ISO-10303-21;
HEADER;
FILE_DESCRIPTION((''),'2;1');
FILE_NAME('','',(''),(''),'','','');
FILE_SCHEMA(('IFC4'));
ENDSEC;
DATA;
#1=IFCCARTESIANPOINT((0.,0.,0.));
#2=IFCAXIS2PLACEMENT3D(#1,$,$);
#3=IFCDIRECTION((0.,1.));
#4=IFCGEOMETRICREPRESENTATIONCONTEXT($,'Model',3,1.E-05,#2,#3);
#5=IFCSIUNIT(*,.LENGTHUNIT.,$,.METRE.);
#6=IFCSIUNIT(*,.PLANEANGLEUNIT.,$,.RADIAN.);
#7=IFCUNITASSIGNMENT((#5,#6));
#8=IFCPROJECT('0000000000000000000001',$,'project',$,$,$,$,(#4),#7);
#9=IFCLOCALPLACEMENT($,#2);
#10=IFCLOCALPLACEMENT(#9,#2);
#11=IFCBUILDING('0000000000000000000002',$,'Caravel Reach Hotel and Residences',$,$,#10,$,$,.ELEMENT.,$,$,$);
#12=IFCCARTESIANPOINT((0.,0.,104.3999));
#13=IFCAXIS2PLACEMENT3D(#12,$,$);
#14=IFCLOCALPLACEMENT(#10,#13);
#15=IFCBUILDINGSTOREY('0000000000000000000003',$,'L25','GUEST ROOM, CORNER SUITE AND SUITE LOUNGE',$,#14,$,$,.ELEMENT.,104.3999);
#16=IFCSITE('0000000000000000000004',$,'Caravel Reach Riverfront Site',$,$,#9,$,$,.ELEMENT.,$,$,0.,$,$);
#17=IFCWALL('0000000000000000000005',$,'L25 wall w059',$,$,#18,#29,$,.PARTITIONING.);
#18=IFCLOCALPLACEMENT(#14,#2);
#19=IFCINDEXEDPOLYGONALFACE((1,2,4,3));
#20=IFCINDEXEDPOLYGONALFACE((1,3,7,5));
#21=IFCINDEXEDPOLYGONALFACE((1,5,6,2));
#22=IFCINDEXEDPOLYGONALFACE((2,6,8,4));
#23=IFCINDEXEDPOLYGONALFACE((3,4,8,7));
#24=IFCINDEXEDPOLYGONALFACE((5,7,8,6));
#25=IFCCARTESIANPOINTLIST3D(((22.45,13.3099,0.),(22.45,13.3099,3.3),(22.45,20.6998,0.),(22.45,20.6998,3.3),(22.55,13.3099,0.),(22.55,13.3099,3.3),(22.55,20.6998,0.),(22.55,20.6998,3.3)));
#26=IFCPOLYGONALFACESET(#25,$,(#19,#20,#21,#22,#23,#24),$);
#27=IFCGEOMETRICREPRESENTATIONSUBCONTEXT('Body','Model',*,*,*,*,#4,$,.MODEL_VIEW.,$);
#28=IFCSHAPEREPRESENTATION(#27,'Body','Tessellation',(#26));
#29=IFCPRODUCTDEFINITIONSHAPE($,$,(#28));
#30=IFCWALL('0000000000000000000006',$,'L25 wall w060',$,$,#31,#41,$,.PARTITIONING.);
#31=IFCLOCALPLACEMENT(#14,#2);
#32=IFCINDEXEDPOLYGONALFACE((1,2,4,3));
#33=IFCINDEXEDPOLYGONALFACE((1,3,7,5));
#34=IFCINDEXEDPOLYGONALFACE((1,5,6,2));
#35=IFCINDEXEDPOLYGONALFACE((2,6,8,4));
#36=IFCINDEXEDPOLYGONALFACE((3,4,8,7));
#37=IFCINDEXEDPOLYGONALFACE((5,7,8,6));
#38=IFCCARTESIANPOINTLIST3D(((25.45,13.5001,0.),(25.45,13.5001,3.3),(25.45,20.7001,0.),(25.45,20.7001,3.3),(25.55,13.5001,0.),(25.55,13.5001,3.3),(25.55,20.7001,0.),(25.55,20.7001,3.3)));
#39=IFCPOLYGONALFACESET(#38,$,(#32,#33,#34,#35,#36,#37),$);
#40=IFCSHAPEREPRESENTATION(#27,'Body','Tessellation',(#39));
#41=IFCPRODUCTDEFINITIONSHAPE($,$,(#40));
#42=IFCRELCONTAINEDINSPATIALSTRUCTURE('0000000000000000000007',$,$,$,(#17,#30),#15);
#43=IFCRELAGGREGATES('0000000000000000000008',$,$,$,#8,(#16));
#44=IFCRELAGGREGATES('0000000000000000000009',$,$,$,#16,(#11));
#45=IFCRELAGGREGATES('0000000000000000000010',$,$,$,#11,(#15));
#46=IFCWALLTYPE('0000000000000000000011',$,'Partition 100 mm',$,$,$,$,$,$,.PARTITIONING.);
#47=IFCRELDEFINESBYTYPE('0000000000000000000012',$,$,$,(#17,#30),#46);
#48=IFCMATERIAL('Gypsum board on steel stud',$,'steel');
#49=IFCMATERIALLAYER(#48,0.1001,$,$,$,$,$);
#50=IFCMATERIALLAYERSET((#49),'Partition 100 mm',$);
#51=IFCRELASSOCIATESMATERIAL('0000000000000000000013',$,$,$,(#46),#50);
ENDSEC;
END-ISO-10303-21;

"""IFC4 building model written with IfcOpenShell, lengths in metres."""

from ifc_helpers import new_model, si_unit, direction, frame, frame_2d, origin, place, context, subcontext, project, spatial, rectangle, extrude, material, layer, layer_set, type_object, element, save


model = new_model("IFC4")

# Units and contexts
model_context = context("Model", 3, precision=1e-05, world=origin(), true_north=direction((0.0, 1.0)))
body_context = subcontext(model_context, "Body", "Model", "MODEL_VIEW")
ifc_project = project(units=[si_unit("LENGTHUNIT", "METRE"), si_unit("PLANEANGLEUNIT", "RADIAN")], contexts=[model_context])

# Site, building, storey
site_placement = place(None, origin())
site = spatial("IfcSite", under=ifc_project, at=site_placement, Name="Caravel Reach Riverfront Site", CompositionType="ELEMENT", RefElevation=0.0)
building_placement = place(site_placement, origin())
building = spatial("IfcBuilding", under=site, at=building_placement, Name="Caravel Reach Hotel and Residences", CompositionType="ELEMENT")
storey_placement = place(building_placement, frame((0.0, 0.0, 104.3999)))
storey = spatial("IfcBuildingStorey", under=building, at=storey_placement, Name="L25", Description="GUEST ROOM, CORNER SUITE AND SUITE LOUNGE", CompositionType="ELEMENT", Elevation=104.3999)

# Walls
ifc_material_1 = material(Name="Gypsum board on steel stud", Category="steel")
ifc_layer_1 = layer(ifc_material_1, 0.1001)
ifc_layer_set_1 = layer_set([ifc_layer_1], Name="Partition 100 mm")
wall_type_1 = type_object("IfcWallType", Name="Partition 100 mm", PredefinedType="PARTITIONING", material=ifc_layer_set_1)
wall_1_placement = place(storey_placement, frame((22.5, 13.3101, 0.0), z_axis=(0.0, 0.0, 1.0), x_axis=(0.0, 1.0, 0.0)))
element("IfcWall", 1, at=wall_1_placement, inside=storey, type_object=wall_type_1, Name="L25 wall w059", PredefinedType="PARTITIONING", context=body_context, shape_type="SweptSolid", body=[
    extrude(rectangle(XDim=7.3899, YDim=0.1001, at=frame_2d((3.6948, 0.0))), origin(), (0.0, 0.0, 1.0), 3.3),
])
wall_2_placement = place(storey_placement, frame((25.5, 13.5, 0.0), z_axis=(0.0, 0.0, 1.0), x_axis=(0.0, 1.0, 0.0)))
element("IfcWall", 2, at=wall_2_placement, inside=storey, type_object=wall_type_1, Name="L25 wall w060", PredefinedType="PARTITIONING", context=body_context, shape_type="SweptSolid", body=[
    extrude(rectangle(XDim=7.2, YDim=0.1001, at=frame_2d((3.6001, 0.0))), origin(), (0.0, 0.0, 1.0), 3.3),
])

save(model, "model.ifc")
